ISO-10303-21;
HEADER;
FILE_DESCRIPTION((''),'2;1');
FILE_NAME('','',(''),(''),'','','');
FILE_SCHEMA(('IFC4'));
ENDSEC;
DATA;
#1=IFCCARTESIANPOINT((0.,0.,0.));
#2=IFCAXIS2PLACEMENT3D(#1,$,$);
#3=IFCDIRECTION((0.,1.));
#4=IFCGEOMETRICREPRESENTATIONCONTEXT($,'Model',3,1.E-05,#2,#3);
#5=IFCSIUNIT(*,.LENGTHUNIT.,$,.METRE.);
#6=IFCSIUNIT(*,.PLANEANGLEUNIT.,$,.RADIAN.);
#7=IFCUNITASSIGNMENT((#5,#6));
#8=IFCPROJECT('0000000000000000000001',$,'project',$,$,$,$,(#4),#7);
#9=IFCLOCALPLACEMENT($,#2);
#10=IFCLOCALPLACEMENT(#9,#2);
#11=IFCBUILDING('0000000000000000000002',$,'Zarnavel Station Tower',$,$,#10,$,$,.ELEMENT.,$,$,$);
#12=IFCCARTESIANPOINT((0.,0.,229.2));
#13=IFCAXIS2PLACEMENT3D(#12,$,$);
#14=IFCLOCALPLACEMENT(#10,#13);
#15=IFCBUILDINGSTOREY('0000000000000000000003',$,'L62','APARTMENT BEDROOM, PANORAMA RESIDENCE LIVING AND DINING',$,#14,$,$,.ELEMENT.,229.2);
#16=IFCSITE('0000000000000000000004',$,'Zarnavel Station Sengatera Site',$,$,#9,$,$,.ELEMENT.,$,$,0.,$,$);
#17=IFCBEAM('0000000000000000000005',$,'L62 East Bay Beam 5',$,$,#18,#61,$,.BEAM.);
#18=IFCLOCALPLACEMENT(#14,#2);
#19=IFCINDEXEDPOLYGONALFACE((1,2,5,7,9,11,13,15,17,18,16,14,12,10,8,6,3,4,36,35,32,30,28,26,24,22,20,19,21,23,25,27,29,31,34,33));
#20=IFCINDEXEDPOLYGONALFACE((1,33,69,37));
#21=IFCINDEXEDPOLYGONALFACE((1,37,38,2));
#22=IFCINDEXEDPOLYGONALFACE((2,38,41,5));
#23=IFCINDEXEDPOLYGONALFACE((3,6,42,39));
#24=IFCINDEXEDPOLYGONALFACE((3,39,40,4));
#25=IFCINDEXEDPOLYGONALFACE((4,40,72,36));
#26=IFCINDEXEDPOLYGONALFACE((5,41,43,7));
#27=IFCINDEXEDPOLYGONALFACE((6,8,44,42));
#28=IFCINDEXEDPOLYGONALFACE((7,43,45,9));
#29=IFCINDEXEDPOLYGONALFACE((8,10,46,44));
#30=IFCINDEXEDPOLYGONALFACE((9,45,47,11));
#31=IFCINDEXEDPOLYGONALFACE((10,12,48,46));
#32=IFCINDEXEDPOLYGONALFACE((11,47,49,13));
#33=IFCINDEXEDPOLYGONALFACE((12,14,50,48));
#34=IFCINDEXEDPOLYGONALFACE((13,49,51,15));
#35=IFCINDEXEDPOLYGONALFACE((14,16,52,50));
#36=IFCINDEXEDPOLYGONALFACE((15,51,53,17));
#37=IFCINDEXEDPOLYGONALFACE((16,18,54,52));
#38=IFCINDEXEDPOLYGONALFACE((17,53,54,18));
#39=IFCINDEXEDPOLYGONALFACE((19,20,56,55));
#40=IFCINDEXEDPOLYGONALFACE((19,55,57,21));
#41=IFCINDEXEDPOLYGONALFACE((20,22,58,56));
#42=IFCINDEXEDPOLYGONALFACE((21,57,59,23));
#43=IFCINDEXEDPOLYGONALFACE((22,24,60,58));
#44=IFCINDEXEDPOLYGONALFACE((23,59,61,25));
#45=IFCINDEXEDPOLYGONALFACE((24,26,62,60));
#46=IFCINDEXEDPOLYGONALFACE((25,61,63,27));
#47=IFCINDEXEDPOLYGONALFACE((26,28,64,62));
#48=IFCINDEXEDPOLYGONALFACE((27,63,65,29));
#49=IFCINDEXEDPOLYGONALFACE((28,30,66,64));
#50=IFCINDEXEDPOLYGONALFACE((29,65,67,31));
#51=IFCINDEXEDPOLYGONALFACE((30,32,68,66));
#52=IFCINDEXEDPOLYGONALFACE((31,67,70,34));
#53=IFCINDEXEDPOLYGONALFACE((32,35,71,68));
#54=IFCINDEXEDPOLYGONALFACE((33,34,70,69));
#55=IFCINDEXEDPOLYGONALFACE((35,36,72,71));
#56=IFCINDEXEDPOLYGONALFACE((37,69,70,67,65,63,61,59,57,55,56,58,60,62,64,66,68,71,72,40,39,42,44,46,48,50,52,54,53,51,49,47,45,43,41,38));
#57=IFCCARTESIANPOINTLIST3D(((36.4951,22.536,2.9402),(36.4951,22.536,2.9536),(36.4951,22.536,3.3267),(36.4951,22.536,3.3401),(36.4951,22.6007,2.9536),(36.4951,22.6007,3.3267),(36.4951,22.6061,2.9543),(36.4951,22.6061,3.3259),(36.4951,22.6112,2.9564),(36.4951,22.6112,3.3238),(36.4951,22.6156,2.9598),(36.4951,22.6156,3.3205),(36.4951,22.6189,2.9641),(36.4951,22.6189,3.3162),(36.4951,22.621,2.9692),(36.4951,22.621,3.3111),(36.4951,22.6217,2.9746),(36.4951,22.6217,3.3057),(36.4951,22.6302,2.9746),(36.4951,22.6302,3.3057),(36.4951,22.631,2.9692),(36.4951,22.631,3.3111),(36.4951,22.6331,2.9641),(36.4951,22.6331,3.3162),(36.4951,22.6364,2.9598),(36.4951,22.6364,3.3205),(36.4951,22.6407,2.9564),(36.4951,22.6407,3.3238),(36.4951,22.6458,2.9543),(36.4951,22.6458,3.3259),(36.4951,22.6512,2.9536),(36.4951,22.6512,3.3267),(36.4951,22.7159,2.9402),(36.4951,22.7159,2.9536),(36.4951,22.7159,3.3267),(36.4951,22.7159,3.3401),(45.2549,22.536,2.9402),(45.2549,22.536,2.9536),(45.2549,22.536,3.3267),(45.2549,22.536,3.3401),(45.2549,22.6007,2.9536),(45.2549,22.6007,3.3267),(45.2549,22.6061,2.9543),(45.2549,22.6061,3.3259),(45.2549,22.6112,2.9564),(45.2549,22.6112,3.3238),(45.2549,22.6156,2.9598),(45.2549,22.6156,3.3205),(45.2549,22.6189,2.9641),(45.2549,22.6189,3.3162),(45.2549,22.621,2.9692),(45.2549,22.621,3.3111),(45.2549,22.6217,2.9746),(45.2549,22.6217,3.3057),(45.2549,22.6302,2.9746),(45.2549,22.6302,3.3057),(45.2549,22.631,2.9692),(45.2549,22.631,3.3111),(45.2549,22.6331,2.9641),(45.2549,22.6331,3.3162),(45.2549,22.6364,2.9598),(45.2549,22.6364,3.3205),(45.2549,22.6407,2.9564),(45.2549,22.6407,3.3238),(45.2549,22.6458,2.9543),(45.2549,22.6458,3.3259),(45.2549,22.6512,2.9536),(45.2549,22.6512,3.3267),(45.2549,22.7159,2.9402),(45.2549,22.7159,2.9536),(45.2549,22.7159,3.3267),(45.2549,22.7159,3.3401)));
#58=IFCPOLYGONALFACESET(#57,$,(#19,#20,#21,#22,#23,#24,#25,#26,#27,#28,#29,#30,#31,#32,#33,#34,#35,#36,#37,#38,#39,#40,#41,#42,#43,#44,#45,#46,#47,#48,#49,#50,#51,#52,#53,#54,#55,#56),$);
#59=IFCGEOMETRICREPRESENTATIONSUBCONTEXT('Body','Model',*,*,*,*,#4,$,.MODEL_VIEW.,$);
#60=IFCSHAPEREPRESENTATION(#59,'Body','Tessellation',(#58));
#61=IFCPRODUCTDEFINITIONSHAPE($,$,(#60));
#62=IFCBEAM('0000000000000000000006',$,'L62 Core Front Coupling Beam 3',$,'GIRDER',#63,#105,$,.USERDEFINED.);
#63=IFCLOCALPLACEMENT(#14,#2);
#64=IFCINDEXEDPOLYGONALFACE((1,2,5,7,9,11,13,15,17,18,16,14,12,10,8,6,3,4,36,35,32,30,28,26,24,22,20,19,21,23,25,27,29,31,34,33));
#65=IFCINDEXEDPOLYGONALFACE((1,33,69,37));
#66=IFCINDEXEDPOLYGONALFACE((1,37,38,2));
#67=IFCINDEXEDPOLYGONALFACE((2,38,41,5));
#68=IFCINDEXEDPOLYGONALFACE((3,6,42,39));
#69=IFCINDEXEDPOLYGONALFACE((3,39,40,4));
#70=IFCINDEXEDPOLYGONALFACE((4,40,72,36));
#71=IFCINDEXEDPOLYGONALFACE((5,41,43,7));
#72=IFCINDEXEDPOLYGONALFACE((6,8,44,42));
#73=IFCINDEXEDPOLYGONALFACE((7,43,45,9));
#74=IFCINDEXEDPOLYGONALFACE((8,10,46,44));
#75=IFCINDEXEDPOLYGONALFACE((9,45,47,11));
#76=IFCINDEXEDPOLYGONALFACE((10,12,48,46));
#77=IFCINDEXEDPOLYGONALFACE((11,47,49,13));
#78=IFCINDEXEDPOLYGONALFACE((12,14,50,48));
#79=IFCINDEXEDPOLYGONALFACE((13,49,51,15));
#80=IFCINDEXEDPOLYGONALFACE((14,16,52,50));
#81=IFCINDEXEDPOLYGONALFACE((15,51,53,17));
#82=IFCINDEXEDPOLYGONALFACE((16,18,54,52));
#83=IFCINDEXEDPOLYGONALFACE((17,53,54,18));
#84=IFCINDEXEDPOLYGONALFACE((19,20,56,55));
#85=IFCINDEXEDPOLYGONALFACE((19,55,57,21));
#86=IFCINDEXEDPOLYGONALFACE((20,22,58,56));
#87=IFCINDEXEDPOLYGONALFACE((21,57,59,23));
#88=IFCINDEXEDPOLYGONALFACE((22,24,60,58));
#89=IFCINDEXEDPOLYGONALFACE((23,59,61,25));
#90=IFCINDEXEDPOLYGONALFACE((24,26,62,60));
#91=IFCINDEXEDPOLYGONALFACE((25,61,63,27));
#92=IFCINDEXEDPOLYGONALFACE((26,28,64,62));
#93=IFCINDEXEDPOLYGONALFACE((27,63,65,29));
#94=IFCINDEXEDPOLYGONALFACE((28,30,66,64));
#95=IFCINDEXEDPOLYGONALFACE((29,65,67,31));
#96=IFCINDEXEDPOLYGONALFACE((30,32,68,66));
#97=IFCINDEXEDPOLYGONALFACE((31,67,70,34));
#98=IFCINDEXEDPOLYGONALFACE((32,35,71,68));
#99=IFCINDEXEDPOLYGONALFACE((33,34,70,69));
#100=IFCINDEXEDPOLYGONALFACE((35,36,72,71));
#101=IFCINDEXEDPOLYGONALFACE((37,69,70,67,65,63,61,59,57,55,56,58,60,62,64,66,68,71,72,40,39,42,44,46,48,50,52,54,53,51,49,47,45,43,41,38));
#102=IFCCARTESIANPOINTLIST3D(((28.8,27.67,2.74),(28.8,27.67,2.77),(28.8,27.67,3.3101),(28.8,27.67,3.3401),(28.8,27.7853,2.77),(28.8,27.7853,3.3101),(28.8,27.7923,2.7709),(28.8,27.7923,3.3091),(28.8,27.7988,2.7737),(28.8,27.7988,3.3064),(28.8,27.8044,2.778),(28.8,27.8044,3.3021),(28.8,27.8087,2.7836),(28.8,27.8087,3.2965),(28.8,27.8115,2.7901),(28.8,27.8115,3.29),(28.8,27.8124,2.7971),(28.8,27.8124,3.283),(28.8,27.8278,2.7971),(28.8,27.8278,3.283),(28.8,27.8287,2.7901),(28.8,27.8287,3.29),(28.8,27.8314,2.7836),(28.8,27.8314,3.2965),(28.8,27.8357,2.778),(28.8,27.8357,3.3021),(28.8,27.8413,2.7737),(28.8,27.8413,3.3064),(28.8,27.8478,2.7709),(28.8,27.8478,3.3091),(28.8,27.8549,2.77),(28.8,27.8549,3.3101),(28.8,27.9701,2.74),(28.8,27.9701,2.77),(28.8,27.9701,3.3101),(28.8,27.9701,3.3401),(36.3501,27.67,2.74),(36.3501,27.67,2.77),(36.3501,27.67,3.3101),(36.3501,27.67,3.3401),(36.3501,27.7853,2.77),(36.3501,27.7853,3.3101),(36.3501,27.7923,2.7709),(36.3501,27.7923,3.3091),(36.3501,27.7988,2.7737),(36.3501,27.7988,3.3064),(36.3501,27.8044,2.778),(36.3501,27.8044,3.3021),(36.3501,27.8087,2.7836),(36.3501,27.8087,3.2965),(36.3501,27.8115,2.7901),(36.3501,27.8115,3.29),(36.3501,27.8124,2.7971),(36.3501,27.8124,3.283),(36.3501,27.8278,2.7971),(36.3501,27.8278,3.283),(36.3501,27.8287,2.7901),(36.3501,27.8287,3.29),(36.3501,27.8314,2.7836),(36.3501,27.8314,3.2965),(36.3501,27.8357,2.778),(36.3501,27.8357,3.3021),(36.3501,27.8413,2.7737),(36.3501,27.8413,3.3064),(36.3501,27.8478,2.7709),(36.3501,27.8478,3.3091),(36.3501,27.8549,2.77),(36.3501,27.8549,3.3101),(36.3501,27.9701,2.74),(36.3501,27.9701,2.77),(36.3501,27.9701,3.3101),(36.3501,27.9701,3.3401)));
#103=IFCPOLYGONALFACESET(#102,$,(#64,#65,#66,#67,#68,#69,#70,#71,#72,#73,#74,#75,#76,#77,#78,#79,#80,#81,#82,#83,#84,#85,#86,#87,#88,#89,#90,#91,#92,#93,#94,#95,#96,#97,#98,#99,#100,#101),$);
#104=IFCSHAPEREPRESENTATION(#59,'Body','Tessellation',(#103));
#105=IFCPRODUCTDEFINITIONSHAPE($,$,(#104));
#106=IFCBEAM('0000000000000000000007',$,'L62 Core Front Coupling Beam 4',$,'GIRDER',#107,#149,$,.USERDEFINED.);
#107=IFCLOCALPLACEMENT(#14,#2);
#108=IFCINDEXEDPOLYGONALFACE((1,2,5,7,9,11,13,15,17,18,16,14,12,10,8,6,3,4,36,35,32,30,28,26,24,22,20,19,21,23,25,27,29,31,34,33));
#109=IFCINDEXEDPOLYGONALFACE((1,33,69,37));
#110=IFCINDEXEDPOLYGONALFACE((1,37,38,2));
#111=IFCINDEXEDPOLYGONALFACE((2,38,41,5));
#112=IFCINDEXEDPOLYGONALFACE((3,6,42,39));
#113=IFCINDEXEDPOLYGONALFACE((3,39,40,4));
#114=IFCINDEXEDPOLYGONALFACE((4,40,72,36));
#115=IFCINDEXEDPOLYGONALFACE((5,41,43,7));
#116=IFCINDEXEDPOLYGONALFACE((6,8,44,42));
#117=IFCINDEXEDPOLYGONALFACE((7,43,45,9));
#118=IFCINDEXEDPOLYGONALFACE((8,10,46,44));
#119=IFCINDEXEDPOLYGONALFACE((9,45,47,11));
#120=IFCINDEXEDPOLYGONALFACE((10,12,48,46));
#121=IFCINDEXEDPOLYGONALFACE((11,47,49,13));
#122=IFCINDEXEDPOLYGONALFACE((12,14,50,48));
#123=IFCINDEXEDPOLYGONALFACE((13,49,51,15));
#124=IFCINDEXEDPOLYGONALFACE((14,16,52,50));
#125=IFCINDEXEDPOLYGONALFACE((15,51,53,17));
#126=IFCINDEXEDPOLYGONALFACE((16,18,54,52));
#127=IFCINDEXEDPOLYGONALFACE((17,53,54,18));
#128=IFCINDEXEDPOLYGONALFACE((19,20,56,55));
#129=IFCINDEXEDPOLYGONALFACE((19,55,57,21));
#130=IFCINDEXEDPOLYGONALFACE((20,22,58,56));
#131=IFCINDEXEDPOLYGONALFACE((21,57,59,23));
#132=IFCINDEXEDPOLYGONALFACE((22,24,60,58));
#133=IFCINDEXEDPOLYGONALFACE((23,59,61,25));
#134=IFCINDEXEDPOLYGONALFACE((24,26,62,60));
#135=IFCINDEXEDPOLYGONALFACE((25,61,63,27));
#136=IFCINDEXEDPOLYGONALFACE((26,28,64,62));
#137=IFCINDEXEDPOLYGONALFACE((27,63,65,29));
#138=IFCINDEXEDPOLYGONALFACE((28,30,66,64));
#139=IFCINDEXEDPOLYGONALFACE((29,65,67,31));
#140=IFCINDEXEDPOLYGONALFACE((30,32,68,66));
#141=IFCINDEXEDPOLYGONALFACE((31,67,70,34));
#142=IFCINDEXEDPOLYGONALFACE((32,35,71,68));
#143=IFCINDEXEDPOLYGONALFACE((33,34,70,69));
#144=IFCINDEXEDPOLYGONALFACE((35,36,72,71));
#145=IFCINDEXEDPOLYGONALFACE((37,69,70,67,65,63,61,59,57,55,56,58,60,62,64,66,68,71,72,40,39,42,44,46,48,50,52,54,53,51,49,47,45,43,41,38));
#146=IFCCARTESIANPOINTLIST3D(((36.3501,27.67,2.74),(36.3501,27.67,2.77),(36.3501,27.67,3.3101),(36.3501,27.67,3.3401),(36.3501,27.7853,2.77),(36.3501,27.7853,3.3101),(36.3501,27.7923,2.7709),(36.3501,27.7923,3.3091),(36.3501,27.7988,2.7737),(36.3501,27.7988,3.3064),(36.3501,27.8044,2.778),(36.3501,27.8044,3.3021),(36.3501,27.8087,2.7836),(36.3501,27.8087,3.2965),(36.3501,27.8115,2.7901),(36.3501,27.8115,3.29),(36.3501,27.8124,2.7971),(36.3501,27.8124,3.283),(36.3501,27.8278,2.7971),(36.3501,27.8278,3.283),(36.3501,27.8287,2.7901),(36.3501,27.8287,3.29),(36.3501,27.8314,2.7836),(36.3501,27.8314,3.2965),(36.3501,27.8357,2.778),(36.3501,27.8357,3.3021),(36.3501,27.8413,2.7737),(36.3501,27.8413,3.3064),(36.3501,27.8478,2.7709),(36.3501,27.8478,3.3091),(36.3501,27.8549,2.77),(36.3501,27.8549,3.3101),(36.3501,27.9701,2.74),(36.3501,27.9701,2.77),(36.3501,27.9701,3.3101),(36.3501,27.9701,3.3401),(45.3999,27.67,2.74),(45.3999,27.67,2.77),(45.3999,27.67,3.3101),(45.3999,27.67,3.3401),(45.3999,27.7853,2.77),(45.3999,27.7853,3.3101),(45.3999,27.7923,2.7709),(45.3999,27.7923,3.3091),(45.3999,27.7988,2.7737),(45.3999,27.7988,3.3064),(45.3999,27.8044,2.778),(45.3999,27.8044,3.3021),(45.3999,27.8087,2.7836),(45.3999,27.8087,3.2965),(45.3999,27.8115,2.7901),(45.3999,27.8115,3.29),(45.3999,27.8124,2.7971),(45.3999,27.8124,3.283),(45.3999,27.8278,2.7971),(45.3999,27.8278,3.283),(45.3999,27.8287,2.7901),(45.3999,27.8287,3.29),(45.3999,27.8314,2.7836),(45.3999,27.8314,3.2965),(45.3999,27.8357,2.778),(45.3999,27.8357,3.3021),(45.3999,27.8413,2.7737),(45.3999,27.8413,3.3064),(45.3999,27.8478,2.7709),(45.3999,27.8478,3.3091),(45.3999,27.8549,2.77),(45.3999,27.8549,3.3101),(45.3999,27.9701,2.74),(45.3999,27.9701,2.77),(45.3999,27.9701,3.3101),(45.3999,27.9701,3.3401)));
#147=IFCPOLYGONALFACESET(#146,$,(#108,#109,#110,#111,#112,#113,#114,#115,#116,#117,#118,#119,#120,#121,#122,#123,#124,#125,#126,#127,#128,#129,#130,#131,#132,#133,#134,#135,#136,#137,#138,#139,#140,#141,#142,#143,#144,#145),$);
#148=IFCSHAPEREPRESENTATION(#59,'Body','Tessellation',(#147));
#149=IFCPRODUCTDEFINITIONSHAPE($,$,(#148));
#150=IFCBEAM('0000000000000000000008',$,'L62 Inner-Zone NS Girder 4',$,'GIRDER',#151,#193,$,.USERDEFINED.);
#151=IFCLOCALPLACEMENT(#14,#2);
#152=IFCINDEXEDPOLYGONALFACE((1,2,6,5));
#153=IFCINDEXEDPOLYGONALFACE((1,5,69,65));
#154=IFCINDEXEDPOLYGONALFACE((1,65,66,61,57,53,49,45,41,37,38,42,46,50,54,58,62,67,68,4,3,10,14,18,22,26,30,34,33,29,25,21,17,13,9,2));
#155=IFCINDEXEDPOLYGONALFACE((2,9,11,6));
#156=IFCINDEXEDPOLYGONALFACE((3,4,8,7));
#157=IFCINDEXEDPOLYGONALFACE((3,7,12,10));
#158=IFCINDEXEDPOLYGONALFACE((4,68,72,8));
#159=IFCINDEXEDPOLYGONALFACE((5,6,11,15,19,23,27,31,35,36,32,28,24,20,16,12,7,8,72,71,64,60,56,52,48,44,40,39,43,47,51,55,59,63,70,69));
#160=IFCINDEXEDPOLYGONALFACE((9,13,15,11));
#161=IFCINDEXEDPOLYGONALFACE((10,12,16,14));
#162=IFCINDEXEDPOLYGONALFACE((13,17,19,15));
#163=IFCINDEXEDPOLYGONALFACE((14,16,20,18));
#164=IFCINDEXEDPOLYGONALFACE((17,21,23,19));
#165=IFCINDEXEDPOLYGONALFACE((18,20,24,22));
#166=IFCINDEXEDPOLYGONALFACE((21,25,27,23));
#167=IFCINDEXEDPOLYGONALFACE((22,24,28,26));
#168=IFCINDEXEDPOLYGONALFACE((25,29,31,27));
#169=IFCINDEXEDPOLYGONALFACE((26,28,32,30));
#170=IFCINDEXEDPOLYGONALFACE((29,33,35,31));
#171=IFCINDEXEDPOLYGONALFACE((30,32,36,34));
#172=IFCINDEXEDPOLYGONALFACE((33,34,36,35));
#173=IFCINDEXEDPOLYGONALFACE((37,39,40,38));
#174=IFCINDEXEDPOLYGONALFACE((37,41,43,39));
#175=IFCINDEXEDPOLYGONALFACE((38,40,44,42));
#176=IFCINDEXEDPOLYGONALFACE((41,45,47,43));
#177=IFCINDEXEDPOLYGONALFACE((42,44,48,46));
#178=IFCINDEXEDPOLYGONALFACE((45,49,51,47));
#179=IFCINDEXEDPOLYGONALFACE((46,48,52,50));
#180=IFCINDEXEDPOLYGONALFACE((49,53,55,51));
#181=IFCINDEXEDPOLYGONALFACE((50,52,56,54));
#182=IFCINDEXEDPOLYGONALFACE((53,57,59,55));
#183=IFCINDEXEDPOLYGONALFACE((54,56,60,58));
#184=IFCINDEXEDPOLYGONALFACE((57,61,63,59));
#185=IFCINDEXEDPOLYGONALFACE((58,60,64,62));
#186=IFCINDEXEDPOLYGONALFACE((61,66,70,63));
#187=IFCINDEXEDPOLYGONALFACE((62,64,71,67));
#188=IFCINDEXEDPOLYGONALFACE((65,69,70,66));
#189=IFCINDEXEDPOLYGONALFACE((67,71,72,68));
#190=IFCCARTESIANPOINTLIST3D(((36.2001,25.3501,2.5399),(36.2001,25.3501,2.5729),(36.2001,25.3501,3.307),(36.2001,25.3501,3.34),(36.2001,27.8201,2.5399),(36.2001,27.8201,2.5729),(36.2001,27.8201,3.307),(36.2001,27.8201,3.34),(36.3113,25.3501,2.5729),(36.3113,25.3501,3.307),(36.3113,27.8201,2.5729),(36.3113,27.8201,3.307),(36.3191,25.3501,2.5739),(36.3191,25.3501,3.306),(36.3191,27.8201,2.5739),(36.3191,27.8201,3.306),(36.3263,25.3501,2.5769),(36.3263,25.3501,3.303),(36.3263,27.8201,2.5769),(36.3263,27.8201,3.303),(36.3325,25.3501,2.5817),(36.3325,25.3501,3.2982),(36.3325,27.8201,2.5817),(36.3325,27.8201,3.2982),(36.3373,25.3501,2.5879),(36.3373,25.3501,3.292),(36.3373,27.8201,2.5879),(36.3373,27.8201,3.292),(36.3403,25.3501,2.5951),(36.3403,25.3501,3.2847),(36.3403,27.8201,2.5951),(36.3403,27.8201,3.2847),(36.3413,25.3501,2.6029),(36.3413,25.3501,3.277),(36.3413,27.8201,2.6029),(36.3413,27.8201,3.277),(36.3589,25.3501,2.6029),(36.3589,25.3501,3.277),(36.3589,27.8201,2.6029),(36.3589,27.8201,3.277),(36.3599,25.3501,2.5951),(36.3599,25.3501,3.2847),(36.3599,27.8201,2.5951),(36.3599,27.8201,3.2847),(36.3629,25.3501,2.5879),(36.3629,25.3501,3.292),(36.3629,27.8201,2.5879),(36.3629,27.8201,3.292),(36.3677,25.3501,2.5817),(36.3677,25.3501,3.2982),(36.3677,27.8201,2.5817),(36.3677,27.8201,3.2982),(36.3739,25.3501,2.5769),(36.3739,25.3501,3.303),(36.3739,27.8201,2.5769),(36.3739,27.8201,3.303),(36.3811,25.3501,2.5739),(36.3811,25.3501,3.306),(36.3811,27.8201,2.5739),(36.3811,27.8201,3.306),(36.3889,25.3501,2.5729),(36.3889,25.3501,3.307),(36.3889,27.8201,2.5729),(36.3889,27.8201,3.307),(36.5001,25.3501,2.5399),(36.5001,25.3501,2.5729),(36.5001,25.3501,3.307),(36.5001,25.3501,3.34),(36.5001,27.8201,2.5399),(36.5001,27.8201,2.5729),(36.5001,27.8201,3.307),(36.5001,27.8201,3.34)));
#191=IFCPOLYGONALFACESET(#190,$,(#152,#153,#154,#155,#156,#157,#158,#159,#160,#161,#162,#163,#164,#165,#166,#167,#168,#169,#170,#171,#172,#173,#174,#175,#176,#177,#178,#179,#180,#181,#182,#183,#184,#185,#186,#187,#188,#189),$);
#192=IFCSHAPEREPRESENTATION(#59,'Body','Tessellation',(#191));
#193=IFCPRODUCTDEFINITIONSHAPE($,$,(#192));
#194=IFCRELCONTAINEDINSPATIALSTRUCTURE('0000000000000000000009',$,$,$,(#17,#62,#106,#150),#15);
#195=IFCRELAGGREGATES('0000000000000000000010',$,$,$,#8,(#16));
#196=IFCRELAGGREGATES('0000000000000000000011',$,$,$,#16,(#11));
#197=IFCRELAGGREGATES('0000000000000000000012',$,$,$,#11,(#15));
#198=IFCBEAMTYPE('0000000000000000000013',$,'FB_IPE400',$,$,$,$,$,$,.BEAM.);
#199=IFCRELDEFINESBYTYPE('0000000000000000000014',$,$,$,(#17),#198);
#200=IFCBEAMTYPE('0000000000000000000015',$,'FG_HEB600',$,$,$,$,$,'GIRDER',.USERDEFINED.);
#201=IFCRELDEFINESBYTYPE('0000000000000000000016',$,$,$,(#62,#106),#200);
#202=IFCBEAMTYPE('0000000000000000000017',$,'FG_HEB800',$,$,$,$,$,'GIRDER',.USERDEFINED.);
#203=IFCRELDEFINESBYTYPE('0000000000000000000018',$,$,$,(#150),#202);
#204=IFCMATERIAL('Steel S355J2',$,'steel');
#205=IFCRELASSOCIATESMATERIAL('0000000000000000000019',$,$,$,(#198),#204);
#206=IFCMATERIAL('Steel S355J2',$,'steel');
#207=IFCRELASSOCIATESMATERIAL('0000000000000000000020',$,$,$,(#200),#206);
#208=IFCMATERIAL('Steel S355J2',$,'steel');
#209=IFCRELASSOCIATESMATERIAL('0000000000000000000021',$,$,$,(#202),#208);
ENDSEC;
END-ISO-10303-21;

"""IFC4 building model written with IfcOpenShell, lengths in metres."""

from ifc_helpers import new_model, si_unit, direction, frame, origin, origin_2d, place, context, subcontext, project, spatial, i_section, extrude, material, material_profile, profile_set, type_object, element, save


model = new_model("IFC4")

# Units and contexts
model_context = context("Model", 3, precision=1e-05, world=origin(), true_north=direction((0.0, 1.0)))
body_context = subcontext(model_context, "Body", "Model", "MODEL_VIEW")
ifc_project = project(units=[si_unit("LENGTHUNIT", "METRE"), si_unit("PLANEANGLEUNIT", "RADIAN")], contexts=[model_context])

# Site, building, storey
site_placement = place(None, origin())
site = spatial("IfcSite", under=ifc_project, at=site_placement, Name="Zarnavel Station Sengatera Site", CompositionType="ELEMENT", RefElevation=0.0)
building_placement = place(site_placement, origin())
building = spatial("IfcBuilding", under=site, at=building_placement, Name="Zarnavel Station Tower", CompositionType="ELEMENT")
storey_placement = place(building_placement, frame((0.0, 0.0, 229.2)))
storey = spatial("IfcBuildingStorey", under=building, at=storey_placement, Name="L62", Description="APARTMENT BEDROOM, PANORAMA RESIDENCE LIVING AND DINING", CompositionType="ELEMENT", Elevation=229.2)

# Beams
ifc_material_1 = material(Name="Steel S355J2", Category="steel")
ifc_material_profile_1 = material_profile(ifc_material_1, i_section(OverallWidth=0.1799, OverallDepth=0.3999, WebThickness=0.0085, FlangeThickness=0.0134, FilletRadius=0.021, at=origin_2d()), Name="IPE400")
ifc_profile_set_1 = profile_set([ifc_material_profile_1], Name="Steel S355J2")
beam_type_1 = type_object("IfcBeamType", Name="FB_IPE400", PredefinedType="BEAM", material=ifc_profile_set_1)
beam_1_placement = place(storey_placement, frame((36.4951, 22.626, 3.1401), z_axis=(1.0, 0.0, 0.0), x_axis=(0.0, 1.0, 0.0)))
element("IfcBeam", 1, at=beam_1_placement, inside=storey, type_object=beam_type_1, Name="L62 East Bay Beam 5", PredefinedType="BEAM", context=body_context, shape_type="SweptSolid", body=[
    extrude(i_section(OverallWidth=0.1799, OverallDepth=0.3999, WebThickness=0.0085, FlangeThickness=0.0134, FilletRadius=0.021, at=origin_2d()), origin(), (0.0, 0.0, 1.0), 8.7598),
])
ifc_material_2 = material(Name="Steel S355J2", Category="steel")
ifc_material_profile_2 = material_profile(ifc_material_2, i_section(OverallWidth=0.3, OverallDepth=0.6001, WebThickness=0.0154, FlangeThickness=0.03, FilletRadius=0.0271, at=origin_2d()), Name="HEB600")
ifc_profile_set_2 = profile_set([ifc_material_profile_2], Name="Steel S355J2")
beam_type_2 = type_object("IfcBeamType", Name="FG_HEB600", ElementType="GIRDER", PredefinedType="USERDEFINED", material=ifc_profile_set_2)
beam_2_placement = place(storey_placement, frame((28.8, 27.8201, 3.04), z_axis=(1.0, 0.0, 0.0), x_axis=(0.0, 1.0, 0.0)))
element("IfcBeam", 2, at=beam_2_placement, inside=storey, type_object=beam_type_2, Name="L62 Core Front Coupling Beam 3", ObjectType="GIRDER", PredefinedType="USERDEFINED", context=body_context, shape_type="SweptSolid", body=[
    extrude(i_section(OverallWidth=0.3, OverallDepth=0.6001, WebThickness=0.0154, FlangeThickness=0.03, FilletRadius=0.0271, at=origin_2d()), origin(), (0.0, 0.0, 1.0), 7.55),
])
beam_3_placement = place(storey_placement, frame((36.3501, 27.8201, 3.04), z_axis=(1.0, 0.0, 0.0), x_axis=(0.0, 1.0, 0.0)))
element("IfcBeam", 3, at=beam_3_placement, inside=storey, type_object=beam_type_2, Name="L62 Core Front Coupling Beam 4", ObjectType="GIRDER", PredefinedType="USERDEFINED", context=body_context, shape_type="SweptSolid", body=[
    extrude(i_section(OverallWidth=0.3, OverallDepth=0.6001, WebThickness=0.0154, FlangeThickness=0.03, FilletRadius=0.0271, at=origin_2d()), origin(), (0.0, 0.0, 1.0), 9.0498),
])
ifc_material_3 = material(Name="Steel S355J2", Category="steel")
ifc_material_profile_3 = material_profile(ifc_material_3, i_section(OverallWidth=0.3, OverallDepth=0.8, WebThickness=0.0176, FlangeThickness=0.033, FilletRadius=0.03, at=origin_2d()), Name="HEB800")
ifc_profile_set_3 = profile_set([ifc_material_profile_3], Name="Steel S355J2")
beam_type_3 = type_object("IfcBeamType", Name="FG_HEB800", ElementType="GIRDER", PredefinedType="USERDEFINED", material=ifc_profile_set_3)
beam_4_placement = place(storey_placement, frame((36.3501, 25.3501, 2.9399), z_axis=(0.0, 1.0, 0.0), x_axis=(-1.0, 0.0, 0.0)))
element("IfcBeam", 4, at=beam_4_placement, inside=storey, type_object=beam_type_3, Name="L62 Inner-Zone NS Girder 4", ObjectType="GIRDER", PredefinedType="USERDEFINED", context=body_context, shape_type="SweptSolid", body=[
    extrude(i_section(OverallWidth=0.3, OverallDepth=0.8, WebThickness=0.0176, FlangeThickness=0.033, FilletRadius=0.03, at=origin_2d()), origin(), (0.0, 0.0, 1.0), 2.47),
])

save(model, "model.ifc")
